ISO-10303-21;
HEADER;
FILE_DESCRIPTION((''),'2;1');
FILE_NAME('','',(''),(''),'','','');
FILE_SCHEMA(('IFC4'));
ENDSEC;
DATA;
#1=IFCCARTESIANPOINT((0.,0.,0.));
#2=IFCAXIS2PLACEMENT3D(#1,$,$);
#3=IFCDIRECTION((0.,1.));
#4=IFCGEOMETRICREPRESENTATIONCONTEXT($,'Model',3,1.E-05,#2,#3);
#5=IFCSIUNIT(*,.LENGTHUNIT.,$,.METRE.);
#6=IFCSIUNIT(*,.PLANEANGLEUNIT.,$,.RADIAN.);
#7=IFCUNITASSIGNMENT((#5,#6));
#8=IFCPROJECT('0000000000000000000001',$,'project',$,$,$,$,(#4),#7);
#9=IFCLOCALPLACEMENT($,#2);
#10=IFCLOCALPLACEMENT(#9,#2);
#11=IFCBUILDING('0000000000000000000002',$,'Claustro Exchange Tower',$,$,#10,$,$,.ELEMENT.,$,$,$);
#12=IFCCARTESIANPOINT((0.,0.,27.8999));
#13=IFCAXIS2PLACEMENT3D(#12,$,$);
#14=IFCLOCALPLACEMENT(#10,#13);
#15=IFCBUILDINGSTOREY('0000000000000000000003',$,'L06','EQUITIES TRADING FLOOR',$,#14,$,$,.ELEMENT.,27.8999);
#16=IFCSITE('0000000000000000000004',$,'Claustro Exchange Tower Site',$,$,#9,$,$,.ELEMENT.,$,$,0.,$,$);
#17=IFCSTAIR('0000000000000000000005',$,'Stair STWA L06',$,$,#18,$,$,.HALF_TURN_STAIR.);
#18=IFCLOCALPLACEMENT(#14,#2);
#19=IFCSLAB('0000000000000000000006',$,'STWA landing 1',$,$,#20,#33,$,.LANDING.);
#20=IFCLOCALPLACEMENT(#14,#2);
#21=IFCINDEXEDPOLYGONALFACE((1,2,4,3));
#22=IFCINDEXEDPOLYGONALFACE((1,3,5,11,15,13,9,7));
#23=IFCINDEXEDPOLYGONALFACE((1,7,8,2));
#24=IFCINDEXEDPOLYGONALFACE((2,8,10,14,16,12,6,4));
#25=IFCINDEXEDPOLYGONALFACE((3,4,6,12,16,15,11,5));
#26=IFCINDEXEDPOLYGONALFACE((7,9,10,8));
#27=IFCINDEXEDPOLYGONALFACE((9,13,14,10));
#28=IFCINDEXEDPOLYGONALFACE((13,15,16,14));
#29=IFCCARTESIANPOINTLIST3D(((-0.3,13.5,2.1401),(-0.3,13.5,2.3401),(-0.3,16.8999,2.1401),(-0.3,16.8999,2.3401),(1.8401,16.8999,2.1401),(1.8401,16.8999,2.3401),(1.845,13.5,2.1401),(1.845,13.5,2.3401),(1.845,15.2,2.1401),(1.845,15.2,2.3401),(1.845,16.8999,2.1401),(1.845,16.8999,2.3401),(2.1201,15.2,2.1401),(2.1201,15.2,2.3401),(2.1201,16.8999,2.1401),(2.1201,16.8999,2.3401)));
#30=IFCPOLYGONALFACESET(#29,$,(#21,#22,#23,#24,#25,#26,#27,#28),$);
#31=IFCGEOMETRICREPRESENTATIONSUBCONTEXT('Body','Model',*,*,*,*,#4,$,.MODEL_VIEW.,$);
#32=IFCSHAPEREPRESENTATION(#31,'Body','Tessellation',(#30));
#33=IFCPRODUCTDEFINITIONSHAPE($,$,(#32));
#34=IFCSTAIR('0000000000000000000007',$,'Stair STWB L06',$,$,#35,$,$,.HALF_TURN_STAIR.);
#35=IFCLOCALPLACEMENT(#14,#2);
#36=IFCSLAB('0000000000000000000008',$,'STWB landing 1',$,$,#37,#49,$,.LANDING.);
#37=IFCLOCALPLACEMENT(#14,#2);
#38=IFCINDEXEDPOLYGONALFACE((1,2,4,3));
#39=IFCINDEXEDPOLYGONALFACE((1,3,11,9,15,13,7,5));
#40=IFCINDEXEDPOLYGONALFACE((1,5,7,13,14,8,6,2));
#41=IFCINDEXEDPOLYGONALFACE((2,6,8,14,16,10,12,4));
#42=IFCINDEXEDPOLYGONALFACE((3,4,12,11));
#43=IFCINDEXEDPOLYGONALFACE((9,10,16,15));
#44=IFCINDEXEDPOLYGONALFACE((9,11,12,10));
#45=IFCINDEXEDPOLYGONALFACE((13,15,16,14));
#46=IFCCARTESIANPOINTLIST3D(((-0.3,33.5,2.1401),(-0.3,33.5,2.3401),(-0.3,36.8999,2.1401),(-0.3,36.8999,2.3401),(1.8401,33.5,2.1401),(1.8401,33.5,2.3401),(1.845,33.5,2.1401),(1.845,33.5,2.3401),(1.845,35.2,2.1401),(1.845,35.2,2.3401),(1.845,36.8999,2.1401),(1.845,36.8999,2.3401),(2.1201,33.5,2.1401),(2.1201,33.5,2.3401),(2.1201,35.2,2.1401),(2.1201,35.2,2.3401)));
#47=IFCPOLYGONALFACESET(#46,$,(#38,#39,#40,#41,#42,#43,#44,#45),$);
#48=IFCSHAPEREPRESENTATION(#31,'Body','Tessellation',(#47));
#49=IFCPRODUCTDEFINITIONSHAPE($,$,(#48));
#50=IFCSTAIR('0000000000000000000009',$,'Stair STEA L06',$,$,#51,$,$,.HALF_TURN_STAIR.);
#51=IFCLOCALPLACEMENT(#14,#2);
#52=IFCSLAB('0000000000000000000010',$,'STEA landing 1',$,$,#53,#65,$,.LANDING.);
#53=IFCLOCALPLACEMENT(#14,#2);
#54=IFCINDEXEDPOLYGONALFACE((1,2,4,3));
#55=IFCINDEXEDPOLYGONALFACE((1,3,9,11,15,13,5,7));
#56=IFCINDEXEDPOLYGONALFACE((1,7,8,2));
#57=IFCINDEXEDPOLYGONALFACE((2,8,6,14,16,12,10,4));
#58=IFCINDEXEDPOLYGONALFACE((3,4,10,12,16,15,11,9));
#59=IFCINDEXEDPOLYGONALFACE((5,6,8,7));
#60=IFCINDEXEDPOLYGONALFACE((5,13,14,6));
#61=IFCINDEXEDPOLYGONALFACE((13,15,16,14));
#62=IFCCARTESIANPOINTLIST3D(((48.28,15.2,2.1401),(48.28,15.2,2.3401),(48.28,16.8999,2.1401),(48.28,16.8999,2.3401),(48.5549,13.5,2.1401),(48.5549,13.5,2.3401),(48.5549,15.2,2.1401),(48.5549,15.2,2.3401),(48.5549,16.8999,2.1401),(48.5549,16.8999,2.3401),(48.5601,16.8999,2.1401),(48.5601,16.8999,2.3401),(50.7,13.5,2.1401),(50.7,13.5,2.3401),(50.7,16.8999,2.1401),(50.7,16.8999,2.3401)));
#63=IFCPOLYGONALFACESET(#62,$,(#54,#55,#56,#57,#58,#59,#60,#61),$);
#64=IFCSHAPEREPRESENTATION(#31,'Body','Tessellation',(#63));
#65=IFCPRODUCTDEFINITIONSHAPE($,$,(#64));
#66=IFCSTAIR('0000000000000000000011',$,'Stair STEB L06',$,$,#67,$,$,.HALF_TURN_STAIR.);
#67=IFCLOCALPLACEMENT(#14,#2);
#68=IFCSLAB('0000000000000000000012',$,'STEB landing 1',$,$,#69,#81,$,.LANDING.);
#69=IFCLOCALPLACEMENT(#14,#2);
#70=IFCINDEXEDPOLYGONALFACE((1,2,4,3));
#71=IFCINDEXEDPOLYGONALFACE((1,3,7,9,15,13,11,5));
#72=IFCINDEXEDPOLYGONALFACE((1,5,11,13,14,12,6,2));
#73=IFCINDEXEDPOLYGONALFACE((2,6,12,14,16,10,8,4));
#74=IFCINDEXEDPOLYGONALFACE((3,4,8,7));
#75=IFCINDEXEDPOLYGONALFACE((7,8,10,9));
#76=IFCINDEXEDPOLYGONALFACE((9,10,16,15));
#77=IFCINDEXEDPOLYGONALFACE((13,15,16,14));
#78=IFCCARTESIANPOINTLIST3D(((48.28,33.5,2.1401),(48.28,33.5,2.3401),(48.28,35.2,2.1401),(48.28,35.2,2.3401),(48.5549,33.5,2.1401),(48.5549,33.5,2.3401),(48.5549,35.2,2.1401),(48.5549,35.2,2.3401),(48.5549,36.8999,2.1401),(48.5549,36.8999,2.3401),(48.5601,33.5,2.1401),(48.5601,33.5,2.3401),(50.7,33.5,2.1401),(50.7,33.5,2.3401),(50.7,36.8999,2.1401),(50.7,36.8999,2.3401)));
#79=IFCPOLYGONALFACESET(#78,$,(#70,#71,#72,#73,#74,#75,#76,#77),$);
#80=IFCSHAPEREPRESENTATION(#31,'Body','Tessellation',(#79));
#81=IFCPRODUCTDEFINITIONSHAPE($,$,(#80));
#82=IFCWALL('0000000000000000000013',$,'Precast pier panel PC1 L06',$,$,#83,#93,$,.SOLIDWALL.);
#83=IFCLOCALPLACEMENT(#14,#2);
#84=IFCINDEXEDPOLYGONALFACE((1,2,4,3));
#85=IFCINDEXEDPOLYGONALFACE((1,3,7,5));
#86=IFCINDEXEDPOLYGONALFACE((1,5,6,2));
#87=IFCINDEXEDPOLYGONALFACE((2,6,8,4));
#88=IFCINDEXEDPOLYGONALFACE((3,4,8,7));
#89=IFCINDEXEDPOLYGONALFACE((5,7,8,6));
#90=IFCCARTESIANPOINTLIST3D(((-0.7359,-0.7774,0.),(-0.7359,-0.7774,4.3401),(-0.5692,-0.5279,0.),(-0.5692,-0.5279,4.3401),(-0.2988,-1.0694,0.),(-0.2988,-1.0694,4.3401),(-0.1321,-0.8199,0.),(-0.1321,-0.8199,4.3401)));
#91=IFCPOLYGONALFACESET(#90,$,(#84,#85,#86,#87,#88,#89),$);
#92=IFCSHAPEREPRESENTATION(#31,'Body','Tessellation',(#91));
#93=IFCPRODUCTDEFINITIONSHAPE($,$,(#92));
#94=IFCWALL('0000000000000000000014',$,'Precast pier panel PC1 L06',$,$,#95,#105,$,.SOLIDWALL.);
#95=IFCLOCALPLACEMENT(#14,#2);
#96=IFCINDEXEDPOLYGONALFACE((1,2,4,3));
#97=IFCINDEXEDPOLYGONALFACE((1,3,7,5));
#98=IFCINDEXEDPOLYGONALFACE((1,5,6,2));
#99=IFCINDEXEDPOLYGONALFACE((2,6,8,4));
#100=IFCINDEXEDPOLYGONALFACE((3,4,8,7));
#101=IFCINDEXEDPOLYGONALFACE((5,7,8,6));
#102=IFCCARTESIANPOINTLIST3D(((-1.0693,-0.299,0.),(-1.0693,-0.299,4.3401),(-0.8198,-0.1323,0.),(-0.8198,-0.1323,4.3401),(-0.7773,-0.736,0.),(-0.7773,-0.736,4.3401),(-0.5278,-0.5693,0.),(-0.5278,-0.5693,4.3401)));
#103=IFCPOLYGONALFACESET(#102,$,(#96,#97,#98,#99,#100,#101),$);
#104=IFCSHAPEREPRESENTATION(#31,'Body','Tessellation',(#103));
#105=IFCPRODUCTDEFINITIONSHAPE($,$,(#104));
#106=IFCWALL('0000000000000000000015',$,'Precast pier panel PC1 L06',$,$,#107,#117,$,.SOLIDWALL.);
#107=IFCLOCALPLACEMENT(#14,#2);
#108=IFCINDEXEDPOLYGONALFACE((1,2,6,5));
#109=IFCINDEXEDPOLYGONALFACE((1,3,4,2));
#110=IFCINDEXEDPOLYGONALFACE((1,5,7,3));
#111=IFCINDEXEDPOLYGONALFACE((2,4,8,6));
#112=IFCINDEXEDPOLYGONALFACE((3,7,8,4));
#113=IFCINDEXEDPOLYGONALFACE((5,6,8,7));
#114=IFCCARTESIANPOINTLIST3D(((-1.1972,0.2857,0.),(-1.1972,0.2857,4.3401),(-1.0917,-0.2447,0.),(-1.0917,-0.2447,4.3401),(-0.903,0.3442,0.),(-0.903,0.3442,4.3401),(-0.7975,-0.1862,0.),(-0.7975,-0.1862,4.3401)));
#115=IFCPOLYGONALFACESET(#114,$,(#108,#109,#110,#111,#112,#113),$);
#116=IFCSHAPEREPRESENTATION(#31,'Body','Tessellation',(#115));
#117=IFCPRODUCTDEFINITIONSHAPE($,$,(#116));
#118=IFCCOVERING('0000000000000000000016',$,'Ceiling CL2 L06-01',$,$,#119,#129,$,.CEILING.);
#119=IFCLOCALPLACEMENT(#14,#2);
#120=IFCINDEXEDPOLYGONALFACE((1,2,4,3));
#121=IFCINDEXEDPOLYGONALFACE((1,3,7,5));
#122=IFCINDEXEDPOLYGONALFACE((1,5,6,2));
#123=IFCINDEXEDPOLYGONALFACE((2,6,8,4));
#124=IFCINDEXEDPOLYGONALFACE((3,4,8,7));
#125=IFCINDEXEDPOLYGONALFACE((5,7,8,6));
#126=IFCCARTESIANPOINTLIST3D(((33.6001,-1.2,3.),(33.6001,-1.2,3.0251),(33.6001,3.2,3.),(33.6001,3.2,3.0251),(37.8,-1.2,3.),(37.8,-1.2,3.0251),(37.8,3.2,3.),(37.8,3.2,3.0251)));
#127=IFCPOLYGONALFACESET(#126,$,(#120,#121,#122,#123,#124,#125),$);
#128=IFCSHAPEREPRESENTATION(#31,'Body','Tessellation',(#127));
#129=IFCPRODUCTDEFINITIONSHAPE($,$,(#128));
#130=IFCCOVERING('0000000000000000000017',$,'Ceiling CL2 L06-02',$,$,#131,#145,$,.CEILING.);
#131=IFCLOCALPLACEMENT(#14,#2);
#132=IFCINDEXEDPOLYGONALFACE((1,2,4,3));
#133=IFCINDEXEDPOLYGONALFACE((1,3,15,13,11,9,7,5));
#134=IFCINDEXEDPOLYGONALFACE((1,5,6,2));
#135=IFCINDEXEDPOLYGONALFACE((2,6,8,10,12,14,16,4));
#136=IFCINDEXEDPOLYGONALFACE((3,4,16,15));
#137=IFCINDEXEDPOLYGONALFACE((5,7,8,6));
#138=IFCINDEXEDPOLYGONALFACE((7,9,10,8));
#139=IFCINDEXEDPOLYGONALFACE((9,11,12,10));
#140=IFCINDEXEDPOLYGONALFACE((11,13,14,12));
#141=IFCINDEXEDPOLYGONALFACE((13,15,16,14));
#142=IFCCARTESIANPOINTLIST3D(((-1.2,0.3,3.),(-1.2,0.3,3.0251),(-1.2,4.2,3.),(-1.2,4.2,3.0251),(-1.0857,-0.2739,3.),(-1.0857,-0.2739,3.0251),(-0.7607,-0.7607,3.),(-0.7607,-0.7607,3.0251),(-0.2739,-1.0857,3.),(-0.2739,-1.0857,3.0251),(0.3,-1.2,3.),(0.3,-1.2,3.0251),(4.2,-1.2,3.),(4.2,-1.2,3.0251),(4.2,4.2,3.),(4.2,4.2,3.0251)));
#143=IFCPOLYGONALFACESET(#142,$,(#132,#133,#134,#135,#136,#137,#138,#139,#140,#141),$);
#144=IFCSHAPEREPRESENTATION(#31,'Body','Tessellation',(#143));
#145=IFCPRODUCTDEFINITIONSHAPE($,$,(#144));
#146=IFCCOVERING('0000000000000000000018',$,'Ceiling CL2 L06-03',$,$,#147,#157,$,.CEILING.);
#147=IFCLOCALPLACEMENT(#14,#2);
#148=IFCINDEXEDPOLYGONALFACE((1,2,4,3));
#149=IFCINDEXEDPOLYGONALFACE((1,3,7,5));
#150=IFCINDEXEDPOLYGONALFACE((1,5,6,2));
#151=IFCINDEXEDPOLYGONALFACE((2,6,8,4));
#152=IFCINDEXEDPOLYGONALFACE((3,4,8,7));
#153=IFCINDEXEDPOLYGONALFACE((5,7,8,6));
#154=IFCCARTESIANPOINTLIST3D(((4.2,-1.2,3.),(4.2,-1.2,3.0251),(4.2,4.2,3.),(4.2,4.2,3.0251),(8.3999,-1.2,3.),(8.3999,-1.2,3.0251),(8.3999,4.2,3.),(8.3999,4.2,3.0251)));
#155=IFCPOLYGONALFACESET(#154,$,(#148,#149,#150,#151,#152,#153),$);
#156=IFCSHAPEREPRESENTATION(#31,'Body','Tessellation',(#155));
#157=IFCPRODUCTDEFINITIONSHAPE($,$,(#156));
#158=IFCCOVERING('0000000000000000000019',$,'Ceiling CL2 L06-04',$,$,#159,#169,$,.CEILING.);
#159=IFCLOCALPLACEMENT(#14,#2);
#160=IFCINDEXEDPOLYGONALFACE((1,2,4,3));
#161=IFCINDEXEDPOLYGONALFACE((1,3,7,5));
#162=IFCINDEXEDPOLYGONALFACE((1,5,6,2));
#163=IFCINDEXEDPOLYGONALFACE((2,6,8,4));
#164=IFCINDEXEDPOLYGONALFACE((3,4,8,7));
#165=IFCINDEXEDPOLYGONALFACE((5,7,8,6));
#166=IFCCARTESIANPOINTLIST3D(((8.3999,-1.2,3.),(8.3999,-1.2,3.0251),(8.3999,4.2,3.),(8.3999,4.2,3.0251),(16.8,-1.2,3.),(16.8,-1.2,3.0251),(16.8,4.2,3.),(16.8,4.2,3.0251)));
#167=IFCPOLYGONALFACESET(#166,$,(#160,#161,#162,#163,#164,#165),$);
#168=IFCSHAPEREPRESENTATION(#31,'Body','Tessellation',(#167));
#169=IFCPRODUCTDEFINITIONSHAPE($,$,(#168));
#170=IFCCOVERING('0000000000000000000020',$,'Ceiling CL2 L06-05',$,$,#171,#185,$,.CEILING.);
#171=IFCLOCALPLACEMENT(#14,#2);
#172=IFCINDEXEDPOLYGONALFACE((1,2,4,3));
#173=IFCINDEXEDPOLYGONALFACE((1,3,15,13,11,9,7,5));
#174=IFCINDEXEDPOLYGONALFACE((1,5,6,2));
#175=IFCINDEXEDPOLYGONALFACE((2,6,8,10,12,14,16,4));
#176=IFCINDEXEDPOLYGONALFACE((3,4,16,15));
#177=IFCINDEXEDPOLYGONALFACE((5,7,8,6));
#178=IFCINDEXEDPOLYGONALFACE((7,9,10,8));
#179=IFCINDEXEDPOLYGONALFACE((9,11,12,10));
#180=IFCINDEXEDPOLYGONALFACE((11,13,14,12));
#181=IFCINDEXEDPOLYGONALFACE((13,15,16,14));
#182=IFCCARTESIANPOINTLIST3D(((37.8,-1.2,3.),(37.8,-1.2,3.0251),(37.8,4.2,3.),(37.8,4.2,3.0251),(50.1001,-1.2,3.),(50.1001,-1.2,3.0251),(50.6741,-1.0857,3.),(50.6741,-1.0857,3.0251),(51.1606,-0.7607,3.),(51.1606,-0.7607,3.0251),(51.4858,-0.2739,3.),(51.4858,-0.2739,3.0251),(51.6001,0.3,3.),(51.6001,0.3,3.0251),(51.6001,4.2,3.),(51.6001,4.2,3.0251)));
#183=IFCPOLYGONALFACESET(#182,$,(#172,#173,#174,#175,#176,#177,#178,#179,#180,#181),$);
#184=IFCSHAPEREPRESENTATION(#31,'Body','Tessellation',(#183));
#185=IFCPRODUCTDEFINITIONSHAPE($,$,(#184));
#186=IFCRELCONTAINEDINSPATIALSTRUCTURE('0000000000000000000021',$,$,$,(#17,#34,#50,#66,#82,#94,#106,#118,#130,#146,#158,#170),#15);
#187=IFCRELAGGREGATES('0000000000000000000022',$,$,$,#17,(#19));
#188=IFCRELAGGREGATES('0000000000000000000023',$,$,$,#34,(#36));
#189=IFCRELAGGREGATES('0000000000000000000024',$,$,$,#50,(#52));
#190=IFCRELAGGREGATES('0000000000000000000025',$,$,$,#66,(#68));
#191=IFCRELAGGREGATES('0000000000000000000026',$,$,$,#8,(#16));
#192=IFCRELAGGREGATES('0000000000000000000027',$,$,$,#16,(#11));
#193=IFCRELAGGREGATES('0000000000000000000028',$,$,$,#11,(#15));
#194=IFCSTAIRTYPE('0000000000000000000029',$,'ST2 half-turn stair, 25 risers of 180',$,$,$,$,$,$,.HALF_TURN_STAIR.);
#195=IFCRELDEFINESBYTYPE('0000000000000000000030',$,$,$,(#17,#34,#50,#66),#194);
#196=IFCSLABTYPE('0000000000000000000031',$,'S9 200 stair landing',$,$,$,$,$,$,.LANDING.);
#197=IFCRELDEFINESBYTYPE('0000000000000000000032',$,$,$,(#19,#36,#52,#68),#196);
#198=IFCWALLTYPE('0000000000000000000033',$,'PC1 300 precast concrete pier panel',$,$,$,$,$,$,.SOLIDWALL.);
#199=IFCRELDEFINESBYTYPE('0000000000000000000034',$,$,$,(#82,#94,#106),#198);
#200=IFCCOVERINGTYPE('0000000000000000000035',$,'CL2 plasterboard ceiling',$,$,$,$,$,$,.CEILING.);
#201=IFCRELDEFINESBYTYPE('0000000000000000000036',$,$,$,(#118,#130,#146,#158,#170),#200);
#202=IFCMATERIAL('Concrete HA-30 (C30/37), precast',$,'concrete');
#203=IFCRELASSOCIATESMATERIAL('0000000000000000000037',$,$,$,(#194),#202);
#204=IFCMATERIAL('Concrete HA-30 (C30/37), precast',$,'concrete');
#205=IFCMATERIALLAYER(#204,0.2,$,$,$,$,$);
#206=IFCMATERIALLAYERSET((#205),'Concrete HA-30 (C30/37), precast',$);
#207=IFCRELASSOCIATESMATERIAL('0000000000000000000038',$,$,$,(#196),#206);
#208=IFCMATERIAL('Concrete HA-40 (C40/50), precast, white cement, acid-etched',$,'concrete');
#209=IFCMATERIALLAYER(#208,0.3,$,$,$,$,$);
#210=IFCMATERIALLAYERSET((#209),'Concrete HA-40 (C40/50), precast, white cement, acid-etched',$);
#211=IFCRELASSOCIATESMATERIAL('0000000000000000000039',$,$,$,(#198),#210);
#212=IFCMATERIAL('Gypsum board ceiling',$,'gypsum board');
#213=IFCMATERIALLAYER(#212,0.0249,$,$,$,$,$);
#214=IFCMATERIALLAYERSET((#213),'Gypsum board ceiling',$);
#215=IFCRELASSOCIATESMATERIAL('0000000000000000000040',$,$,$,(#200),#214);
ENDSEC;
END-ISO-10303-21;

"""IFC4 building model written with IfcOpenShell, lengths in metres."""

from ifc_helpers import new_model, si_unit, direction, frame, frame_2d, origin, place, context, subcontext, project, spatial, polyline, rectangle, outline, extrude, material, layer, layer_set, type_object, element, aggregate, save


model = new_model("IFC4")

# Units and contexts
model_context = context("Model", 3, precision=1e-05, world=origin(), true_north=direction((0.0, 1.0)))
body_context = subcontext(model_context, "Body", "Model", "MODEL_VIEW")
ifc_project = project(units=[si_unit("LENGTHUNIT", "METRE"), si_unit("PLANEANGLEUNIT", "RADIAN")], contexts=[model_context])

# Site, building, storey
site_placement = place(None, origin())
site = spatial("IfcSite", under=ifc_project, at=site_placement, Name="Claustro Exchange Tower Site", CompositionType="ELEMENT", RefElevation=0.0)
building_placement = place(site_placement, origin())
building = spatial("IfcBuilding", under=site, at=building_placement, Name="Claustro Exchange Tower", CompositionType="ELEMENT")
storey_placement = place(building_placement, frame((0.0, 0.0, 27.8999)))
storey = spatial("IfcBuildingStorey", under=building, at=storey_placement, Name="L06", Description="EQUITIES TRADING FLOOR", CompositionType="ELEMENT", Elevation=27.8999)

# Stairs, slabs
ifc_material_1 = material(Name="Concrete HA-30 (C30/37), precast", Category="concrete")
stair_type = type_object("IfcStairType", Name="ST2 half-turn stair, 25 risers of 180", PredefinedType="HALF_TURN_STAIR", material=ifc_material_1)
stair_1_placement = place(storey_placement, origin())
stair_1 = element("IfcStair", 1, at=stair_1_placement, inside=storey, type_object=stair_type, Name="Stair STWA L06", PredefinedType="HALF_TURN_STAIR")
ifc_material_2 = material(Name="Concrete HA-30 (C30/37), precast", Category="concrete")
ifc_layer_1 = layer(ifc_material_2, 0.2)
ifc_layer_set_1 = layer_set([ifc_layer_1], Name="Concrete HA-30 (C30/37), precast")
slab_type_1 = type_object("IfcSlabType", Name="S9 200 stair landing", PredefinedType="LANDING", material=ifc_layer_set_1)
slab_1_placement = place(storey_placement, frame((0.0, 0.0, 2.1401)))
slab_1 = element("IfcSlab", 2, at=slab_1_placement, type_object=slab_type_1, Name="STWA landing 1", PredefinedType="LANDING", context=body_context, shape_type="SweptSolid", body=[
    extrude(outline(polyline([(1.845, 13.5), (-0.3, 13.5), (-0.3, 16.8999), (1.8401, 16.8999), (1.845, 16.8999), (2.1201, 16.8999), (2.1201, 15.2), (1.845, 15.2), (1.845, 13.5)])), origin(), (0.0, 0.0, 1.0), 0.2),
])
aggregate(stair_1, [slab_1])
stair_2_placement = place(storey_placement, origin())
stair_2 = element("IfcStair", 3, at=stair_2_placement, inside=storey, type_object=stair_type, Name="Stair STWB L06", PredefinedType="HALF_TURN_STAIR")
slab_2_placement = place(storey_placement, frame((0.0, 0.0, 2.1401)))
slab_2 = element("IfcSlab", 4, at=slab_2_placement, type_object=slab_type_1, Name="STWB landing 1", PredefinedType="LANDING", context=body_context, shape_type="SweptSolid", body=[
    extrude(outline(polyline([(2.1201, 35.2), (2.1201, 33.5), (1.845, 33.5), (1.8401, 33.5), (-0.3, 33.5), (-0.3, 36.8999), (1.845, 36.8999), (1.845, 35.2), (2.1201, 35.2)])), origin(), (0.0, 0.0, 1.0), 0.2),
])
aggregate(stair_2, [slab_2])
stair_3_placement = place(storey_placement, origin())
stair_3 = element("IfcStair", 5, at=stair_3_placement, inside=storey, type_object=stair_type, Name="Stair STEA L06", PredefinedType="HALF_TURN_STAIR")
slab_3_placement = place(storey_placement, frame((0.0, 0.0, 2.1401)))
slab_3 = element("IfcSlab", 6, at=slab_3_placement, type_object=slab_type_1, Name="STEA landing 1", PredefinedType="LANDING", context=body_context, shape_type="SweptSolid", body=[
    extrude(outline(polyline([(50.7, 16.8999), (50.7, 13.5), (48.5549, 13.5), (48.5549, 15.2), (48.28, 15.2), (48.28, 16.8999), (48.5549, 16.8999), (48.5601, 16.8999), (50.7, 16.8999)])), origin(), (0.0, 0.0, 1.0), 0.2),
])
aggregate(stair_3, [slab_3])
stair_4_placement = place(storey_placement, origin())
stair_4 = element("IfcStair", 7, at=stair_4_placement, inside=storey, type_object=stair_type, Name="Stair STEB L06", PredefinedType="HALF_TURN_STAIR")
slab_4_placement = place(storey_placement, frame((0.0, 0.0, 2.1401)))
slab_4 = element("IfcSlab", 8, at=slab_4_placement, type_object=slab_type_1, Name="STEB landing 1", PredefinedType="LANDING", context=body_context, shape_type="SweptSolid", body=[
    extrude(outline(polyline([(48.28, 33.5), (48.28, 35.2), (48.5549, 35.2), (48.5549, 36.8999), (50.7, 36.8999), (50.7, 33.5), (48.5601, 33.5), (48.5549, 33.5), (48.28, 33.5)])), origin(), (0.0, 0.0, 1.0), 0.2),
])
aggregate(stair_4, [slab_4])

# Walls
ifc_material_3 = material(Name="Concrete HA-40 (C40/50), precast, white cement, acid-etched", Category="concrete")
ifc_layer_2 = layer(ifc_material_3, 0.3)
ifc_layer_set_2 = layer_set([ifc_layer_2], Name="Concrete HA-40 (C40/50), precast, white cement, acid-etched")
wall_type = type_object("IfcWallType", Name="PC1 300 precast concrete pier panel", PredefinedType="SOLIDWALL", material=ifc_layer_set_2)
for number, where, z_axis, x_axis, name in (
    (9, (-0.2156, -0.9446, 0.0), (0.0, 0.0, 1.0), (-0.831478, 0.555557, 0.0), "Precast pier panel PC1 L06"),
    (10, (-0.6526, -0.6526, 0.0), (0.0, 0.0, 1.0), (-0.555557, 0.831478, 0.0), "Precast pier panel PC1 L06"),
):
    element("IfcWall", number, at=place(storey_placement, frame(where, z_axis=z_axis, x_axis=x_axis)), inside=storey, type_object=wall_type, Name=name, PredefinedType="SOLIDWALL", context=body_context, shape_type="SweptSolid", body=[
        extrude(rectangle(XDim=0.5256, YDim=0.3, at=frame_2d((0.2627, 0.0))), origin(), (0.0, 0.0, 1.0), 4.3401),
    ])
wall_placement = place(storey_placement, frame((-0.9446, -0.2156, 0.0), z_axis=(0.0, 0.0, 1.0), x_axis=(-0.195074, 0.980789, 0.0)))
element("IfcWall", 11, at=wall_placement, inside=storey, type_object=wall_type, Name="Precast pier panel PC1 L06", PredefinedType="SOLIDWALL", context=body_context, shape_type="SweptSolid", body=[
    extrude(rectangle(XDim=0.5408, YDim=0.3, at=frame_2d((0.2705, 0.0))), origin(), (0.0, 0.0, 1.0), 4.3401),
])

# Coverings
ifc_material_4 = material(Name="Gypsum board ceiling", Category="gypsum board")
ifc_layer_3 = layer(ifc_material_4, 0.0249)
ifc_layer_set_3 = layer_set([ifc_layer_3], Name="Gypsum board ceiling")
covering_type = type_object("IfcCoveringType", Name="CL2 plasterboard ceiling", PredefinedType="CEILING", material=ifc_layer_set_3)
covering_1_placement = place(storey_placement, frame((0.0, 0.0, 3.0)))
element("IfcCovering", 12, at=covering_1_placement, inside=storey, type_object=covering_type, Name="Ceiling CL2 L06-01", PredefinedType="CEILING", context=body_context, shape_type="SweptSolid", body=[
    extrude(outline(polyline([(33.6001, -1.2), (37.8, -1.2), (37.8, 3.2), (33.6001, 3.2), (33.6001, -1.2)])), origin(), (0.0, 0.0, 1.0), 0.0251),
])
covering_2_placement = place(storey_placement, frame((0.0, 0.0, 3.0)))
element("IfcCovering", 13, at=covering_2_placement, inside=storey, type_object=covering_type, Name="Ceiling CL2 L06-02", PredefinedType="CEILING", context=body_context, shape_type="SweptSolid", body=[
    extrude(outline(polyline([(-1.0857, -0.2739), (-0.7607, -0.7607), (-0.2739, -1.0857), (0.3, -1.2), (4.2, -1.2), (4.2, 4.2), (-1.2, 4.2), (-1.2, 0.3), (-1.0857, -0.2739)])), origin(), (0.0, 0.0, 1.0), 0.0251),
])
covering_3_placement = place(storey_placement, frame((0.0, 0.0, 3.0)))
element("IfcCovering", 14, at=covering_3_placement, inside=storey, type_object=covering_type, Name="Ceiling CL2 L06-03", PredefinedType="CEILING", context=body_context, shape_type="SweptSolid", body=[
    extrude(outline(polyline([(4.2, -1.2), (8.3999, -1.2), (8.3999, 4.2), (4.2, 4.2), (4.2, -1.2)])), origin(), (0.0, 0.0, 1.0), 0.0251),
])
covering_4_placement = place(storey_placement, frame((0.0, 0.0, 3.0)))
element("IfcCovering", 15, at=covering_4_placement, inside=storey, type_object=covering_type, Name="Ceiling CL2 L06-04", PredefinedType="CEILING", context=body_context, shape_type="SweptSolid", body=[
    extrude(outline(polyline([(8.3999, -1.2), (16.8, -1.2), (16.8, 4.2), (8.3999, 4.2), (8.3999, -1.2)])), origin(), (0.0, 0.0, 1.0), 0.0251),
])
covering_5_placement = place(storey_placement, frame((0.0, 0.0, 3.0)))
element("IfcCovering", 16, at=covering_5_placement, inside=storey, type_object=covering_type, Name="Ceiling CL2 L06-05", PredefinedType="CEILING", context=body_context, shape_type="SweptSolid", body=[
    extrude(outline(polyline([(51.6001, 0.3), (51.6001, 4.2), (37.8, 4.2), (37.8, -1.2), (50.1001, -1.2), (50.6741, -1.0857), (51.1606, -0.7607), (51.4858, -0.2739), (51.6001, 0.3)])), origin(), (0.0, 0.0, 1.0), 0.0251),
])

save(model, "model.ifc")
